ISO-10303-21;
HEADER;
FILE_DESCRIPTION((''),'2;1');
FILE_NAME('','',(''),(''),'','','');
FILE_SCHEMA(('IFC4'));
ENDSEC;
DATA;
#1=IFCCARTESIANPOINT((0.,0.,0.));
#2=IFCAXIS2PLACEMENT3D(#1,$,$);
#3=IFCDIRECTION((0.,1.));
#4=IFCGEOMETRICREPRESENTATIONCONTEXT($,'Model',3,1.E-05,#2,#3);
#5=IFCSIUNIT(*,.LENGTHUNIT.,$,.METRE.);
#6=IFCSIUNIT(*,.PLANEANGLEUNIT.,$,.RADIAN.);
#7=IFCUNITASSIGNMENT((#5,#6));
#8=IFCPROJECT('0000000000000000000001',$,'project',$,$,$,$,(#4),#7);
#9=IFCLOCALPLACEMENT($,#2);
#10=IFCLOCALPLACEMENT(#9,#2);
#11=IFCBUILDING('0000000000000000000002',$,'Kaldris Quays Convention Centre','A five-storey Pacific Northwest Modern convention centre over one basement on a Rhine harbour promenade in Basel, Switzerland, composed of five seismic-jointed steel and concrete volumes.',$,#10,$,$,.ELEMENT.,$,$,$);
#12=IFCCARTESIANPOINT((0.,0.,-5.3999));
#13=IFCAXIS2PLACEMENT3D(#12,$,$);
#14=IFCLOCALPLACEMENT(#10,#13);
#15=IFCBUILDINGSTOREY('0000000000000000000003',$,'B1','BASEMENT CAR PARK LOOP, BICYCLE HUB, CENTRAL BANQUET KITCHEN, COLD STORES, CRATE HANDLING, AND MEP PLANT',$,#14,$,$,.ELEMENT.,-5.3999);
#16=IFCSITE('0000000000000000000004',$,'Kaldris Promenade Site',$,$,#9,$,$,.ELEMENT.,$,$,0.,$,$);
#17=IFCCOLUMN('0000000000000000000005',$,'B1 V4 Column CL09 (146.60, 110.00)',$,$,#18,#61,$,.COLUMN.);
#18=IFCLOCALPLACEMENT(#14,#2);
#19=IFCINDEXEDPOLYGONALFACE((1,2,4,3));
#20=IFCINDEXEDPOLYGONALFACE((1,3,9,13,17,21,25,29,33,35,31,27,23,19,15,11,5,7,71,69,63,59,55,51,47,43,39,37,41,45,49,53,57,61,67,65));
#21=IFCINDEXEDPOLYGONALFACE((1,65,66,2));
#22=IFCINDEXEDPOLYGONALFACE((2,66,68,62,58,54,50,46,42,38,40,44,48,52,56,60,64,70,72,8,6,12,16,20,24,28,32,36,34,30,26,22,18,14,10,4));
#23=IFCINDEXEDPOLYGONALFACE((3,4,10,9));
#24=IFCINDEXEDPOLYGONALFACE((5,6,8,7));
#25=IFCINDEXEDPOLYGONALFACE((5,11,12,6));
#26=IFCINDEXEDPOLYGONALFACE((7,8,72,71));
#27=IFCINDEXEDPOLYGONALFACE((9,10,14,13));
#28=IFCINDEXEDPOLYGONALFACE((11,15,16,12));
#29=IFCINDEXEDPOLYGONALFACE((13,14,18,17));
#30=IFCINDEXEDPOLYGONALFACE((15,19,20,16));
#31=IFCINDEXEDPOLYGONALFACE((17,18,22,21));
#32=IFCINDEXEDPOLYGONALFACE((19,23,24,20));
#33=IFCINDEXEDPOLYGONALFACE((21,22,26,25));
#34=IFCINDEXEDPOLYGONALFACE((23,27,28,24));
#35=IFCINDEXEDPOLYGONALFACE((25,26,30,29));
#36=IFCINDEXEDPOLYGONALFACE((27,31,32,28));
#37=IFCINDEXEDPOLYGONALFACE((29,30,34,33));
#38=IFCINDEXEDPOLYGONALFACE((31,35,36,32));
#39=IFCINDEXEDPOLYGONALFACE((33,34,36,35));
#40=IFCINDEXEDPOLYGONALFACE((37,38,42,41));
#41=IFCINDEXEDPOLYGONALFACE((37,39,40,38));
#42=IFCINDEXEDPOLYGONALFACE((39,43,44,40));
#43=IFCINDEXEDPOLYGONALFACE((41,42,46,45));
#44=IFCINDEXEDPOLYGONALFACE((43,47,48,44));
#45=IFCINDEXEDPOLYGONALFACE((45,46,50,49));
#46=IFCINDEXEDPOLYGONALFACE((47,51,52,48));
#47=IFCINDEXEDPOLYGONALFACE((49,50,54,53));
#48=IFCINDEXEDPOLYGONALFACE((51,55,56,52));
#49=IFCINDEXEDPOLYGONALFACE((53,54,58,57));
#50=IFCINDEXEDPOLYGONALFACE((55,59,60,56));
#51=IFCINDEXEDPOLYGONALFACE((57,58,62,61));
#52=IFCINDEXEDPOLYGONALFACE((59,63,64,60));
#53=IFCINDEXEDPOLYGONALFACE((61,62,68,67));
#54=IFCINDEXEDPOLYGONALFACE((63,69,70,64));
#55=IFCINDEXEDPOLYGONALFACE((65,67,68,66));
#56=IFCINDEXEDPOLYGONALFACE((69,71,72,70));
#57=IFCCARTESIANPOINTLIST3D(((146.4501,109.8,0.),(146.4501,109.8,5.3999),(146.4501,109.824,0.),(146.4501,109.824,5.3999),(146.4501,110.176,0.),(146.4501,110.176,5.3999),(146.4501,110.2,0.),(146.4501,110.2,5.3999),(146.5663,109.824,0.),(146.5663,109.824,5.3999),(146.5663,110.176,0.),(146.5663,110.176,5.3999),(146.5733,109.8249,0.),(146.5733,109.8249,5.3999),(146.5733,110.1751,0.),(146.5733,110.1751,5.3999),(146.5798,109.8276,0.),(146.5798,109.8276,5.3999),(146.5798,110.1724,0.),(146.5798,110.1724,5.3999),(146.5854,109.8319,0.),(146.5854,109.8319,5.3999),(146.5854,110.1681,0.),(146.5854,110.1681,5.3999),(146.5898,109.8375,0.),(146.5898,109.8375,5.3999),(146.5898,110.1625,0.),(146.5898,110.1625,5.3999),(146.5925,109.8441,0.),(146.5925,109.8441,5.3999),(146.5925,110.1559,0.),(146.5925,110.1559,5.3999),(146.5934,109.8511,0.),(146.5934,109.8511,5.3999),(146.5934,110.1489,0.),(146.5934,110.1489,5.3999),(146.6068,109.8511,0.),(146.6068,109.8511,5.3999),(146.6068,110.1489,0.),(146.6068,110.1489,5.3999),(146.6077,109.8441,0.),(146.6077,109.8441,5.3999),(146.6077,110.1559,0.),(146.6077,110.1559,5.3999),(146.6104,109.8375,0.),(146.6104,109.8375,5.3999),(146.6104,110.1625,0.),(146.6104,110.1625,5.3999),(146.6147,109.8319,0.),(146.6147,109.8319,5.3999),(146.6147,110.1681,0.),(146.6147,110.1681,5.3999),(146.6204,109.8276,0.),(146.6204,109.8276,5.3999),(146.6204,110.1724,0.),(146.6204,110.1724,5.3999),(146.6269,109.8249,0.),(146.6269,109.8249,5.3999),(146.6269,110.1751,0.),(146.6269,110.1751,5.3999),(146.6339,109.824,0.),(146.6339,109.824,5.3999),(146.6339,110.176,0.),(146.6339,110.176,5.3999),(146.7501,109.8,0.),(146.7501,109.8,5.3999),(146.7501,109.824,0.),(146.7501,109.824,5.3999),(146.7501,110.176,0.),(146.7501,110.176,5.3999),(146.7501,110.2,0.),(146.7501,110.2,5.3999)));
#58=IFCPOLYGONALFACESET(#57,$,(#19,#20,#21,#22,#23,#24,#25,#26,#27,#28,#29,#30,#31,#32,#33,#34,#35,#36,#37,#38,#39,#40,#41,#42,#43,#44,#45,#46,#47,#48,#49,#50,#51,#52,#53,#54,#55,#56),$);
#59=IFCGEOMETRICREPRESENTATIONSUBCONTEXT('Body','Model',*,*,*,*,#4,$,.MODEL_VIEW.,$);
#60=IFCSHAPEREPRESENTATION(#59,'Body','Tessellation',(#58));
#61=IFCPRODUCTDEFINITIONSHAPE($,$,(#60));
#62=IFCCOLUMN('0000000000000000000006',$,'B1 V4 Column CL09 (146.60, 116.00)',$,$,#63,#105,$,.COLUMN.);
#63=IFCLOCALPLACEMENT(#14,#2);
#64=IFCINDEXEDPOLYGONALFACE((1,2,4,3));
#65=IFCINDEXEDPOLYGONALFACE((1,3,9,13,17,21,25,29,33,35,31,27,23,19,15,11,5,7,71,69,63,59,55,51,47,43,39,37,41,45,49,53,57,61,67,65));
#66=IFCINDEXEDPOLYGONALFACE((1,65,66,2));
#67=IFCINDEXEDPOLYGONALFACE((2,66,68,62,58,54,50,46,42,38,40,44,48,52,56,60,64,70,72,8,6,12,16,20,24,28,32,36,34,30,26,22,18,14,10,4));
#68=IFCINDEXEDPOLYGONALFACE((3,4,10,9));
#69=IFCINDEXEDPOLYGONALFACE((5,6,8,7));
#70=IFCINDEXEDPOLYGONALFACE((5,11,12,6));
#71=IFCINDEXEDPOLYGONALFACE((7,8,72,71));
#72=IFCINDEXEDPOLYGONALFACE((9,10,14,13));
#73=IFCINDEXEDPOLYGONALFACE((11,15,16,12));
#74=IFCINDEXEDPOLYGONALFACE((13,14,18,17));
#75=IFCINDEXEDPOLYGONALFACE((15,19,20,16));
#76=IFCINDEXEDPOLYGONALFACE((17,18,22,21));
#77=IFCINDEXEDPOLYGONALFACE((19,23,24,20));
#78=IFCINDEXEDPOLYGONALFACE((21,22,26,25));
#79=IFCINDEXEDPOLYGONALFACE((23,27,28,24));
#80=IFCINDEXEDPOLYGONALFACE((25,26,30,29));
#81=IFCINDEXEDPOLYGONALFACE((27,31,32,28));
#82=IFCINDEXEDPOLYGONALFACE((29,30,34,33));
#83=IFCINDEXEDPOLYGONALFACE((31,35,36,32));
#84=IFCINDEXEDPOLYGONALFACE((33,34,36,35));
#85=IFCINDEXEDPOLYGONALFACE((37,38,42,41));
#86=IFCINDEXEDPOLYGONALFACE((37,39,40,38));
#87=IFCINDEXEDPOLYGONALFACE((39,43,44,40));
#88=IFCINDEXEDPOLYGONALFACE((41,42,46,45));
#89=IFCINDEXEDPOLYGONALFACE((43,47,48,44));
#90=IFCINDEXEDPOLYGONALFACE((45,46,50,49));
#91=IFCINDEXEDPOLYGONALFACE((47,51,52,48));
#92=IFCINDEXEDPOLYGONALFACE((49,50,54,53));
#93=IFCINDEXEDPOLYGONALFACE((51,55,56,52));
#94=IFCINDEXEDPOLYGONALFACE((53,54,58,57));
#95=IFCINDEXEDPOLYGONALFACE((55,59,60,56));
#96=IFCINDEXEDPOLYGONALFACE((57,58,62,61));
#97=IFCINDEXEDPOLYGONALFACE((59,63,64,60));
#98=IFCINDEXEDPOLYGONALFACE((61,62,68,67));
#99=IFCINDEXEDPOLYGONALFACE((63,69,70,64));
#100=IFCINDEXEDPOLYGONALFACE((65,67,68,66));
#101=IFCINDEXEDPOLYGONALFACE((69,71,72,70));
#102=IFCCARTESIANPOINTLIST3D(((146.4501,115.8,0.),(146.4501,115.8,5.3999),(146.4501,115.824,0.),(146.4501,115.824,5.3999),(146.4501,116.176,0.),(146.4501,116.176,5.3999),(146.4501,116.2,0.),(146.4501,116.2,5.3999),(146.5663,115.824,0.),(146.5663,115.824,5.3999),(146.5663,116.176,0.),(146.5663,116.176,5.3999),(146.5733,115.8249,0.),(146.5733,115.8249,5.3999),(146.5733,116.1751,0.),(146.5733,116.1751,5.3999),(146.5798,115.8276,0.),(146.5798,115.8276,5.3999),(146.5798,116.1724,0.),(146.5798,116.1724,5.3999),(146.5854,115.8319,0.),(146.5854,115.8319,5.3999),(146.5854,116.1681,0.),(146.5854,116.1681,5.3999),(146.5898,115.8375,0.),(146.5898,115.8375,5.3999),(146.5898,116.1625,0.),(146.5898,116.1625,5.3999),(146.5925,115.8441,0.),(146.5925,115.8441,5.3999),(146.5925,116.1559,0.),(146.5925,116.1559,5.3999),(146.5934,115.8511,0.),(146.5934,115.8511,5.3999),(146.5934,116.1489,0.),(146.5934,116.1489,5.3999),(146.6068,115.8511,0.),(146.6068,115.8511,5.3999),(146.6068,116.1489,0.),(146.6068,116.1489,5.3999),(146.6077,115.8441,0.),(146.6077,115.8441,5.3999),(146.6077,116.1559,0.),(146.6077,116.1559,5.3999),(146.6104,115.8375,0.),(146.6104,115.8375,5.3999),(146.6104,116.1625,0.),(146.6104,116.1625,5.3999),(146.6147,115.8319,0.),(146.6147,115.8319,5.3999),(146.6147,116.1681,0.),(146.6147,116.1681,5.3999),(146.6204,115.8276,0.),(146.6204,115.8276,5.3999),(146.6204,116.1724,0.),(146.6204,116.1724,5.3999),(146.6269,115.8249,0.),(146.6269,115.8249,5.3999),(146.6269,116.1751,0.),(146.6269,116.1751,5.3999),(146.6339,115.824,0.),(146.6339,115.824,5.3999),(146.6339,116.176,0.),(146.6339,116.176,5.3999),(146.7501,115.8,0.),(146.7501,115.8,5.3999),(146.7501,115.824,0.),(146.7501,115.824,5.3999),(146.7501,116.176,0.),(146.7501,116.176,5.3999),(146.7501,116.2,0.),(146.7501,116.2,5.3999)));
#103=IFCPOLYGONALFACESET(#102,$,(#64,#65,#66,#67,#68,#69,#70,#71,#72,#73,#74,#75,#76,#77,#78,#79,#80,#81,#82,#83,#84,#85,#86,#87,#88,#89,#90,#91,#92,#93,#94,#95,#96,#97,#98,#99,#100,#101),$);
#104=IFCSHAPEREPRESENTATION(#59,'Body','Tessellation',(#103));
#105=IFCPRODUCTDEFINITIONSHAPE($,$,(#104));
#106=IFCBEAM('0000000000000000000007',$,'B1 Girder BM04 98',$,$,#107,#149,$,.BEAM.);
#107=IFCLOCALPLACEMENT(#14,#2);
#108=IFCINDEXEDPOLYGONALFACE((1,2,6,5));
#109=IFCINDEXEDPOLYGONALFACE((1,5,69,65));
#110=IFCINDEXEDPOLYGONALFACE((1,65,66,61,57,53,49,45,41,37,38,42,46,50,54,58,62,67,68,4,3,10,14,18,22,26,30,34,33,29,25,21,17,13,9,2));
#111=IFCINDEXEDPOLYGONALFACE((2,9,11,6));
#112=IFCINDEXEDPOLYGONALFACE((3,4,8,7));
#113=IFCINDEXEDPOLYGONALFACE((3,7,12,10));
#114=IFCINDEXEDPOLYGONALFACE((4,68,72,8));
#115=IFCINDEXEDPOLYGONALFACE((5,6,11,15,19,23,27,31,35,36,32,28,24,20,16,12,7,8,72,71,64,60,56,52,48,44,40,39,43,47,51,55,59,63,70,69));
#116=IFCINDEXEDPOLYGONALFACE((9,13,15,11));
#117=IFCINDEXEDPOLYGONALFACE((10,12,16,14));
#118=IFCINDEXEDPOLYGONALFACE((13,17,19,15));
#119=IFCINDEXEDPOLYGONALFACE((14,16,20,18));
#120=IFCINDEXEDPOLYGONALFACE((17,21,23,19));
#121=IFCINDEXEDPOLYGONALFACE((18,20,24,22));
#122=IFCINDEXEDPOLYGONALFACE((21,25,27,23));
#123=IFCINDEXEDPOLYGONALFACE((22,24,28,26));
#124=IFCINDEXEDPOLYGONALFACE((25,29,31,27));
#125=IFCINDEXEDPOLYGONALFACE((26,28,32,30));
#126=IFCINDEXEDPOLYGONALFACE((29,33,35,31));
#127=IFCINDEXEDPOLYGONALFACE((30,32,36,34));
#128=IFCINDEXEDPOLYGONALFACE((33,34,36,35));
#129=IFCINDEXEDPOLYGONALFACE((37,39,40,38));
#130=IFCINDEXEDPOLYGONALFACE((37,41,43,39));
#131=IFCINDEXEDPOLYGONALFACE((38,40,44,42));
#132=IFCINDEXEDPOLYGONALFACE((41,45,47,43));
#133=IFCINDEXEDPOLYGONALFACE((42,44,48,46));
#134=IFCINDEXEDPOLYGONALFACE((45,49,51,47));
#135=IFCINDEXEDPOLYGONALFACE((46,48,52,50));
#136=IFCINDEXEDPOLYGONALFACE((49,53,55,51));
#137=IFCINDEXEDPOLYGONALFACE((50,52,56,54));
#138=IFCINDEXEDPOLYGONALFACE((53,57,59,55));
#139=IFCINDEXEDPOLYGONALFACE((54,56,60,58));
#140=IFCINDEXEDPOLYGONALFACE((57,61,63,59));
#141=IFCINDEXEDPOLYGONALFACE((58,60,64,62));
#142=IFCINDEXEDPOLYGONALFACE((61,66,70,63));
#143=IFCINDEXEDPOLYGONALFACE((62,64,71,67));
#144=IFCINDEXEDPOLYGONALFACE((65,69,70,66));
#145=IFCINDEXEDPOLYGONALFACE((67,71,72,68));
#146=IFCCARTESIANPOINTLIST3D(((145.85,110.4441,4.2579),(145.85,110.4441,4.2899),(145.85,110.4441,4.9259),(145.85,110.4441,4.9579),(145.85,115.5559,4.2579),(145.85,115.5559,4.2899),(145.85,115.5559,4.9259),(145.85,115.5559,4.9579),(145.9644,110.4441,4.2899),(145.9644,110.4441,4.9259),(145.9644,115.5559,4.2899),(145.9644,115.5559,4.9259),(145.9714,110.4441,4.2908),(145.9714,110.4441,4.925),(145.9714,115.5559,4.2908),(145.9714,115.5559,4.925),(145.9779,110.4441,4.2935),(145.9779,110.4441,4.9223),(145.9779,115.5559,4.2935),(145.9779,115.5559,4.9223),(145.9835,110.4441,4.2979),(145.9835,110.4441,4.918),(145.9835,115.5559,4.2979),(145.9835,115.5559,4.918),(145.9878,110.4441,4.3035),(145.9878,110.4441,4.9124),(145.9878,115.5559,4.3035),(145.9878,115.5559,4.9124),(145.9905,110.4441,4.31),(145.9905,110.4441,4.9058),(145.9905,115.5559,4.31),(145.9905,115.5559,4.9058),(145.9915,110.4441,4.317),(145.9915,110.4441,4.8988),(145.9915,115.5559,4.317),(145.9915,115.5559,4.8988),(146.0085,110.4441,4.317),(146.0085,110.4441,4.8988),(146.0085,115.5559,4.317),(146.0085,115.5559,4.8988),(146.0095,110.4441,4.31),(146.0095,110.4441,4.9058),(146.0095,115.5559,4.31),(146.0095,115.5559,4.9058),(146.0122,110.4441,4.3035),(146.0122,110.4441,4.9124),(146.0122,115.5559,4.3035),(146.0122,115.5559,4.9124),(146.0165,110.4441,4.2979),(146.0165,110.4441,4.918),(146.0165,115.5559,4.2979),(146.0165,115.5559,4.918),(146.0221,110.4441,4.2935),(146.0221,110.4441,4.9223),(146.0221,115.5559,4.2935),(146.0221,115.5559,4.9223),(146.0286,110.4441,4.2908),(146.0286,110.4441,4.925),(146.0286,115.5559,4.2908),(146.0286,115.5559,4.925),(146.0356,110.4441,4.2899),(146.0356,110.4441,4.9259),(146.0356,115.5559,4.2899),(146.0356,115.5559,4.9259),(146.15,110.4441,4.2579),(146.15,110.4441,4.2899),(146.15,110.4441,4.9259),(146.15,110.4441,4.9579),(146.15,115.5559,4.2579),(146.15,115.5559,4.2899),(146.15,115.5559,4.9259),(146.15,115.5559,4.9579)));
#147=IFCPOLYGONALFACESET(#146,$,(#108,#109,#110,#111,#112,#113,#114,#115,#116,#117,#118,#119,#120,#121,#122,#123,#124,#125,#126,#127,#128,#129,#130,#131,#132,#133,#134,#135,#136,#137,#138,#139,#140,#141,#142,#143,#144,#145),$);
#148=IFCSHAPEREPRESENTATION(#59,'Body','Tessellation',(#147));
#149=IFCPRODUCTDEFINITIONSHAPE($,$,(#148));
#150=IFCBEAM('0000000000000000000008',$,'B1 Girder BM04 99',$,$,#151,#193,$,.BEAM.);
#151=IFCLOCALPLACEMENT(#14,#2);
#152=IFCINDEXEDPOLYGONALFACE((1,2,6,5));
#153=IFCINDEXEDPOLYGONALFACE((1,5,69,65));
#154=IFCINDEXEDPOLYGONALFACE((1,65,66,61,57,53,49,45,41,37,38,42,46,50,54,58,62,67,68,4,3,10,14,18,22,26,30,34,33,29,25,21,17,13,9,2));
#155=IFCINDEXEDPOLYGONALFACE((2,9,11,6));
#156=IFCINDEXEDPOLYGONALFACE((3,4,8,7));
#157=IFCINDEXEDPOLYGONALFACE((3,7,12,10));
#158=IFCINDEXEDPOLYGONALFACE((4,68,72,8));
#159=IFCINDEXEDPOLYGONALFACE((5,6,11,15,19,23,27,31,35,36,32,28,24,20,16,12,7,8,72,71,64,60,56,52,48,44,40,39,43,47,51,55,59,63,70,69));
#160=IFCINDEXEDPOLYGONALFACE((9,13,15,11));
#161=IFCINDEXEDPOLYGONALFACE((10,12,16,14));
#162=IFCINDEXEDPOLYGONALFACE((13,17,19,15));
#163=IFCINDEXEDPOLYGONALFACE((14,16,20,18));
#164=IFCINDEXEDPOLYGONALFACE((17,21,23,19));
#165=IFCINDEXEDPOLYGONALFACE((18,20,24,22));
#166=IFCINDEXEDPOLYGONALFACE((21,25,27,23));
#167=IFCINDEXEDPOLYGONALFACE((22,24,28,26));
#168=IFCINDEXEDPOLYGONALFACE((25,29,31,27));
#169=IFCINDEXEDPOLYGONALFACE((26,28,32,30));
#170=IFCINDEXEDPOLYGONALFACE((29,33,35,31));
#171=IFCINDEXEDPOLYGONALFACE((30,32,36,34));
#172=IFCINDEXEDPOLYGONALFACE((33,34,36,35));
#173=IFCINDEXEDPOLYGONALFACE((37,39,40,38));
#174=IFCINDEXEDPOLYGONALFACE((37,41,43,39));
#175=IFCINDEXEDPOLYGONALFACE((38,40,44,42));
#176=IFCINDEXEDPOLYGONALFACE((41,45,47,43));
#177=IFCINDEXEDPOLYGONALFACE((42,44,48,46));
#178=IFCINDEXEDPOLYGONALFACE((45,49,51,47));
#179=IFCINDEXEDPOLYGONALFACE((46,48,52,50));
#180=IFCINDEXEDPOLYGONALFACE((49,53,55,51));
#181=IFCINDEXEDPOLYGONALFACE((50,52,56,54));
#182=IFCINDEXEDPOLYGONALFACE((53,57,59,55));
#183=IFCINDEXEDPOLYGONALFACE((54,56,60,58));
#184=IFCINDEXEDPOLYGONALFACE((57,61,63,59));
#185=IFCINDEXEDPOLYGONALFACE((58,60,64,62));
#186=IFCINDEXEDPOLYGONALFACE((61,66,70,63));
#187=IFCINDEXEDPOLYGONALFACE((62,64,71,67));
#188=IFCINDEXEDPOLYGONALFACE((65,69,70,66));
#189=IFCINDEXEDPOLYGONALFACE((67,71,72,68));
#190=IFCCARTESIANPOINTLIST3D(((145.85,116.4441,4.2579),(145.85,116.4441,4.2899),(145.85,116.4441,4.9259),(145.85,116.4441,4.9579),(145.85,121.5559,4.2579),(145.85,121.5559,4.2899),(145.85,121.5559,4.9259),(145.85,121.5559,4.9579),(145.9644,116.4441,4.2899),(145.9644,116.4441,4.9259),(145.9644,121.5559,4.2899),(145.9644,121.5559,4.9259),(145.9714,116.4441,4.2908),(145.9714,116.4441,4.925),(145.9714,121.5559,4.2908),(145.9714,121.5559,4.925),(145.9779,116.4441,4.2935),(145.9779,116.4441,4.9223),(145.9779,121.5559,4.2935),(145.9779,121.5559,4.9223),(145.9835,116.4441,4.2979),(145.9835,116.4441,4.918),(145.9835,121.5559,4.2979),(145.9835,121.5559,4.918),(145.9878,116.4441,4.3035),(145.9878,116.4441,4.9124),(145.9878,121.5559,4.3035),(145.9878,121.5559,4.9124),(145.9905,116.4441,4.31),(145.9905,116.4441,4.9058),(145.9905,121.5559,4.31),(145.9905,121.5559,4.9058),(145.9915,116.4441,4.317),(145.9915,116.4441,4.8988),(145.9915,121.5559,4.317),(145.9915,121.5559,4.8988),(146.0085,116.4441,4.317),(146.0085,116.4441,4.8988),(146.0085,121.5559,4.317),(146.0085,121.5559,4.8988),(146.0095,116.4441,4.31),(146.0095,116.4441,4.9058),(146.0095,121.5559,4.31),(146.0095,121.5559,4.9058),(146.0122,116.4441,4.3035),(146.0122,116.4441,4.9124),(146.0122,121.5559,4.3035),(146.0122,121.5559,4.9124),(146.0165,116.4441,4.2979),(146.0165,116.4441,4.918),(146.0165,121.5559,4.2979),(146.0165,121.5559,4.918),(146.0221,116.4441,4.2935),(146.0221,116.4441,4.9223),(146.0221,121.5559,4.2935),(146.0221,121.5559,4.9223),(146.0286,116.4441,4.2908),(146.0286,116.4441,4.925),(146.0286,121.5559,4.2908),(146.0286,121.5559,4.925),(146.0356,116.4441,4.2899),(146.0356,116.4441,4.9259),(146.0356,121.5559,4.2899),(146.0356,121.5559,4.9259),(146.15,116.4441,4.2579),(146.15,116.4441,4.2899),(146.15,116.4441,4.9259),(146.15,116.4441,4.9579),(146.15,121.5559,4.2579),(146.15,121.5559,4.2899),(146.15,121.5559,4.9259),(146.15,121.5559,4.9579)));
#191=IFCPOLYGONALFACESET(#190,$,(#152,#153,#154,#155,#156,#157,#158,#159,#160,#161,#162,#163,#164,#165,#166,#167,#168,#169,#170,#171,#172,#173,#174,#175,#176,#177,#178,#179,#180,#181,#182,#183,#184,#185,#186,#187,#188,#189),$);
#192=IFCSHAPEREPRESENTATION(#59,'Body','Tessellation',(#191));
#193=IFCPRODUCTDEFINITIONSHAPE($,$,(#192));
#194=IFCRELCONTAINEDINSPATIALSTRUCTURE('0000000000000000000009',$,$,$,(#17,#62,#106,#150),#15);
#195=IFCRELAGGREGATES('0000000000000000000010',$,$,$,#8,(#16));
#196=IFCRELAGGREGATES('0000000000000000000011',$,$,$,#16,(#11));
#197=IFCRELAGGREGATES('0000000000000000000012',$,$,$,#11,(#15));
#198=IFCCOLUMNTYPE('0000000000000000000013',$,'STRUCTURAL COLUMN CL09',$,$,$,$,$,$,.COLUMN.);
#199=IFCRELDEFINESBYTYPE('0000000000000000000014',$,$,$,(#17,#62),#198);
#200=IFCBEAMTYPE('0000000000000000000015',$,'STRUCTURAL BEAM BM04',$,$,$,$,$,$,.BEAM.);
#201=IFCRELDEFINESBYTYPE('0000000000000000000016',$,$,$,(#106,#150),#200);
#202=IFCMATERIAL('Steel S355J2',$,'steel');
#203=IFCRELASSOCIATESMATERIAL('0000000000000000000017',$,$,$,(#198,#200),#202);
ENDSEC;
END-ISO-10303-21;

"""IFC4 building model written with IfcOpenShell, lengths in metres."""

from ifc_helpers import new_model, si_unit, direction, frame, origin, origin_2d, place, context, subcontext, project, spatial, i_section, extrude, material, material_profile, profile_set, type_object, element, save


model = new_model("IFC4")

# Units and contexts
model_context = context("Model", 3, precision=1e-05, world=origin(), true_north=direction((0.0, 1.0)))
body_context = subcontext(model_context, "Body", "Model", "MODEL_VIEW")
ifc_project = project(units=[si_unit("LENGTHUNIT", "METRE"), si_unit("PLANEANGLEUNIT", "RADIAN")], contexts=[model_context])

# Site, building, storey
site_placement = place(None, origin())
site = spatial("IfcSite", under=ifc_project, at=site_placement, Name="Kaldris Promenade Site", CompositionType="ELEMENT", RefElevation=0.0)
building_placement = place(site_placement, origin())
building = spatial("IfcBuilding", under=site, at=building_placement, Name="Kaldris Quays Convention Centre", Description="A five-storey Pacific Northwest Modern convention centre over one basement on a Rhine harbour promenade in Basel, Switzerland, composed of five seismic-jointed steel and concrete volumes.", CompositionType="ELEMENT")
storey_placement = place(building_placement, frame((0.0, 0.0, -5.3999)))
storey = spatial("IfcBuildingStorey", under=building, at=storey_placement, Name="B1", Description="BASEMENT CAR PARK LOOP, BICYCLE HUB, CENTRAL BANQUET KITCHEN, COLD STORES, CRATE HANDLING, AND MEP PLANT", CompositionType="ELEMENT", Elevation=-5.3999)

# Columns
ifc_material_1 = material(Name="Steel S355J2", Category="steel")
ifc_material_profile_1 = material_profile(ifc_material_1, i_section(OverallWidth=0.3, OverallDepth=0.3999, WebThickness=0.0134, FlangeThickness=0.0239, FilletRadius=0.0271, at=origin_2d()), Name="HEB 400")
ifc_profile_set_1 = profile_set([ifc_material_profile_1], Name="Steel S355J2")
column_type_1 = type_object("IfcColumnType", Name="STRUCTURAL COLUMN CL09", PredefinedType="COLUMN", material=ifc_profile_set_1)
for number, where, z_axis, x_axis, name in (
    (1, (146.6001, 110.0, 0.0), (0.0, 0.0, 1.0), (1.0, 0.0, 0.0), "B1 V4 Column CL09 (146.60, 110.00)"),
    (2, (146.6001, 116.0, 0.0), (0.0, 0.0, 1.0), (1.0, 0.0, 0.0), "B1 V4 Column CL09 (146.60, 116.00)"),
):
    element("IfcColumn", number, at=place(storey_placement, frame(where, z_axis=z_axis, x_axis=x_axis)), inside=storey, type_object=column_type_1, Name=name, PredefinedType="COLUMN", context=body_context, shape_type="SweptSolid", body=[
        extrude(i_section(OverallWidth=0.3, OverallDepth=0.3999, WebThickness=0.0134, FlangeThickness=0.0239, FilletRadius=0.0271, at=origin_2d()), origin(), (0.0, 0.0, 1.0), 5.3999),
    ])

# Beams
ifc_material_profile_2 = material_profile(ifc_material_1, i_section(OverallWidth=0.3, OverallDepth=0.7, WebThickness=0.0171, FlangeThickness=0.032, FilletRadius=0.0271, at=origin_2d()), Name="HEB 700")
ifc_profile_set_2 = profile_set([ifc_material_profile_2], Name="Steel S355J2")
beam_type_1 = type_object("IfcBeamType", Name="STRUCTURAL BEAM BM04", PredefinedType="BEAM", material=ifc_profile_set_2)
for number, where, z_axis, x_axis, name in (
    (3, (146.0, 110.4441, 4.6079), (0.0, 1.0, 0.0), (-1.0, 0.0, 0.0), "B1 Girder BM04 98"),
    (4, (146.0, 116.4441, 4.6079), (0.0, 1.0, 0.0), (-1.0, 0.0, 0.0), "B1 Girder BM04 99"),
):
    element("IfcBeam", number, at=place(storey_placement, frame(where, z_axis=z_axis, x_axis=x_axis)), inside=storey, type_object=beam_type_1, Name=name, PredefinedType="BEAM", context=body_context, shape_type="SweptSolid", body=[
        extrude(i_section(OverallWidth=0.3, OverallDepth=0.7, WebThickness=0.0171, FlangeThickness=0.032, FilletRadius=0.0271, at=origin_2d()), origin(), (0.0, 0.0, 1.0), 5.1118),
    ])

save(model, "model.ifc")
